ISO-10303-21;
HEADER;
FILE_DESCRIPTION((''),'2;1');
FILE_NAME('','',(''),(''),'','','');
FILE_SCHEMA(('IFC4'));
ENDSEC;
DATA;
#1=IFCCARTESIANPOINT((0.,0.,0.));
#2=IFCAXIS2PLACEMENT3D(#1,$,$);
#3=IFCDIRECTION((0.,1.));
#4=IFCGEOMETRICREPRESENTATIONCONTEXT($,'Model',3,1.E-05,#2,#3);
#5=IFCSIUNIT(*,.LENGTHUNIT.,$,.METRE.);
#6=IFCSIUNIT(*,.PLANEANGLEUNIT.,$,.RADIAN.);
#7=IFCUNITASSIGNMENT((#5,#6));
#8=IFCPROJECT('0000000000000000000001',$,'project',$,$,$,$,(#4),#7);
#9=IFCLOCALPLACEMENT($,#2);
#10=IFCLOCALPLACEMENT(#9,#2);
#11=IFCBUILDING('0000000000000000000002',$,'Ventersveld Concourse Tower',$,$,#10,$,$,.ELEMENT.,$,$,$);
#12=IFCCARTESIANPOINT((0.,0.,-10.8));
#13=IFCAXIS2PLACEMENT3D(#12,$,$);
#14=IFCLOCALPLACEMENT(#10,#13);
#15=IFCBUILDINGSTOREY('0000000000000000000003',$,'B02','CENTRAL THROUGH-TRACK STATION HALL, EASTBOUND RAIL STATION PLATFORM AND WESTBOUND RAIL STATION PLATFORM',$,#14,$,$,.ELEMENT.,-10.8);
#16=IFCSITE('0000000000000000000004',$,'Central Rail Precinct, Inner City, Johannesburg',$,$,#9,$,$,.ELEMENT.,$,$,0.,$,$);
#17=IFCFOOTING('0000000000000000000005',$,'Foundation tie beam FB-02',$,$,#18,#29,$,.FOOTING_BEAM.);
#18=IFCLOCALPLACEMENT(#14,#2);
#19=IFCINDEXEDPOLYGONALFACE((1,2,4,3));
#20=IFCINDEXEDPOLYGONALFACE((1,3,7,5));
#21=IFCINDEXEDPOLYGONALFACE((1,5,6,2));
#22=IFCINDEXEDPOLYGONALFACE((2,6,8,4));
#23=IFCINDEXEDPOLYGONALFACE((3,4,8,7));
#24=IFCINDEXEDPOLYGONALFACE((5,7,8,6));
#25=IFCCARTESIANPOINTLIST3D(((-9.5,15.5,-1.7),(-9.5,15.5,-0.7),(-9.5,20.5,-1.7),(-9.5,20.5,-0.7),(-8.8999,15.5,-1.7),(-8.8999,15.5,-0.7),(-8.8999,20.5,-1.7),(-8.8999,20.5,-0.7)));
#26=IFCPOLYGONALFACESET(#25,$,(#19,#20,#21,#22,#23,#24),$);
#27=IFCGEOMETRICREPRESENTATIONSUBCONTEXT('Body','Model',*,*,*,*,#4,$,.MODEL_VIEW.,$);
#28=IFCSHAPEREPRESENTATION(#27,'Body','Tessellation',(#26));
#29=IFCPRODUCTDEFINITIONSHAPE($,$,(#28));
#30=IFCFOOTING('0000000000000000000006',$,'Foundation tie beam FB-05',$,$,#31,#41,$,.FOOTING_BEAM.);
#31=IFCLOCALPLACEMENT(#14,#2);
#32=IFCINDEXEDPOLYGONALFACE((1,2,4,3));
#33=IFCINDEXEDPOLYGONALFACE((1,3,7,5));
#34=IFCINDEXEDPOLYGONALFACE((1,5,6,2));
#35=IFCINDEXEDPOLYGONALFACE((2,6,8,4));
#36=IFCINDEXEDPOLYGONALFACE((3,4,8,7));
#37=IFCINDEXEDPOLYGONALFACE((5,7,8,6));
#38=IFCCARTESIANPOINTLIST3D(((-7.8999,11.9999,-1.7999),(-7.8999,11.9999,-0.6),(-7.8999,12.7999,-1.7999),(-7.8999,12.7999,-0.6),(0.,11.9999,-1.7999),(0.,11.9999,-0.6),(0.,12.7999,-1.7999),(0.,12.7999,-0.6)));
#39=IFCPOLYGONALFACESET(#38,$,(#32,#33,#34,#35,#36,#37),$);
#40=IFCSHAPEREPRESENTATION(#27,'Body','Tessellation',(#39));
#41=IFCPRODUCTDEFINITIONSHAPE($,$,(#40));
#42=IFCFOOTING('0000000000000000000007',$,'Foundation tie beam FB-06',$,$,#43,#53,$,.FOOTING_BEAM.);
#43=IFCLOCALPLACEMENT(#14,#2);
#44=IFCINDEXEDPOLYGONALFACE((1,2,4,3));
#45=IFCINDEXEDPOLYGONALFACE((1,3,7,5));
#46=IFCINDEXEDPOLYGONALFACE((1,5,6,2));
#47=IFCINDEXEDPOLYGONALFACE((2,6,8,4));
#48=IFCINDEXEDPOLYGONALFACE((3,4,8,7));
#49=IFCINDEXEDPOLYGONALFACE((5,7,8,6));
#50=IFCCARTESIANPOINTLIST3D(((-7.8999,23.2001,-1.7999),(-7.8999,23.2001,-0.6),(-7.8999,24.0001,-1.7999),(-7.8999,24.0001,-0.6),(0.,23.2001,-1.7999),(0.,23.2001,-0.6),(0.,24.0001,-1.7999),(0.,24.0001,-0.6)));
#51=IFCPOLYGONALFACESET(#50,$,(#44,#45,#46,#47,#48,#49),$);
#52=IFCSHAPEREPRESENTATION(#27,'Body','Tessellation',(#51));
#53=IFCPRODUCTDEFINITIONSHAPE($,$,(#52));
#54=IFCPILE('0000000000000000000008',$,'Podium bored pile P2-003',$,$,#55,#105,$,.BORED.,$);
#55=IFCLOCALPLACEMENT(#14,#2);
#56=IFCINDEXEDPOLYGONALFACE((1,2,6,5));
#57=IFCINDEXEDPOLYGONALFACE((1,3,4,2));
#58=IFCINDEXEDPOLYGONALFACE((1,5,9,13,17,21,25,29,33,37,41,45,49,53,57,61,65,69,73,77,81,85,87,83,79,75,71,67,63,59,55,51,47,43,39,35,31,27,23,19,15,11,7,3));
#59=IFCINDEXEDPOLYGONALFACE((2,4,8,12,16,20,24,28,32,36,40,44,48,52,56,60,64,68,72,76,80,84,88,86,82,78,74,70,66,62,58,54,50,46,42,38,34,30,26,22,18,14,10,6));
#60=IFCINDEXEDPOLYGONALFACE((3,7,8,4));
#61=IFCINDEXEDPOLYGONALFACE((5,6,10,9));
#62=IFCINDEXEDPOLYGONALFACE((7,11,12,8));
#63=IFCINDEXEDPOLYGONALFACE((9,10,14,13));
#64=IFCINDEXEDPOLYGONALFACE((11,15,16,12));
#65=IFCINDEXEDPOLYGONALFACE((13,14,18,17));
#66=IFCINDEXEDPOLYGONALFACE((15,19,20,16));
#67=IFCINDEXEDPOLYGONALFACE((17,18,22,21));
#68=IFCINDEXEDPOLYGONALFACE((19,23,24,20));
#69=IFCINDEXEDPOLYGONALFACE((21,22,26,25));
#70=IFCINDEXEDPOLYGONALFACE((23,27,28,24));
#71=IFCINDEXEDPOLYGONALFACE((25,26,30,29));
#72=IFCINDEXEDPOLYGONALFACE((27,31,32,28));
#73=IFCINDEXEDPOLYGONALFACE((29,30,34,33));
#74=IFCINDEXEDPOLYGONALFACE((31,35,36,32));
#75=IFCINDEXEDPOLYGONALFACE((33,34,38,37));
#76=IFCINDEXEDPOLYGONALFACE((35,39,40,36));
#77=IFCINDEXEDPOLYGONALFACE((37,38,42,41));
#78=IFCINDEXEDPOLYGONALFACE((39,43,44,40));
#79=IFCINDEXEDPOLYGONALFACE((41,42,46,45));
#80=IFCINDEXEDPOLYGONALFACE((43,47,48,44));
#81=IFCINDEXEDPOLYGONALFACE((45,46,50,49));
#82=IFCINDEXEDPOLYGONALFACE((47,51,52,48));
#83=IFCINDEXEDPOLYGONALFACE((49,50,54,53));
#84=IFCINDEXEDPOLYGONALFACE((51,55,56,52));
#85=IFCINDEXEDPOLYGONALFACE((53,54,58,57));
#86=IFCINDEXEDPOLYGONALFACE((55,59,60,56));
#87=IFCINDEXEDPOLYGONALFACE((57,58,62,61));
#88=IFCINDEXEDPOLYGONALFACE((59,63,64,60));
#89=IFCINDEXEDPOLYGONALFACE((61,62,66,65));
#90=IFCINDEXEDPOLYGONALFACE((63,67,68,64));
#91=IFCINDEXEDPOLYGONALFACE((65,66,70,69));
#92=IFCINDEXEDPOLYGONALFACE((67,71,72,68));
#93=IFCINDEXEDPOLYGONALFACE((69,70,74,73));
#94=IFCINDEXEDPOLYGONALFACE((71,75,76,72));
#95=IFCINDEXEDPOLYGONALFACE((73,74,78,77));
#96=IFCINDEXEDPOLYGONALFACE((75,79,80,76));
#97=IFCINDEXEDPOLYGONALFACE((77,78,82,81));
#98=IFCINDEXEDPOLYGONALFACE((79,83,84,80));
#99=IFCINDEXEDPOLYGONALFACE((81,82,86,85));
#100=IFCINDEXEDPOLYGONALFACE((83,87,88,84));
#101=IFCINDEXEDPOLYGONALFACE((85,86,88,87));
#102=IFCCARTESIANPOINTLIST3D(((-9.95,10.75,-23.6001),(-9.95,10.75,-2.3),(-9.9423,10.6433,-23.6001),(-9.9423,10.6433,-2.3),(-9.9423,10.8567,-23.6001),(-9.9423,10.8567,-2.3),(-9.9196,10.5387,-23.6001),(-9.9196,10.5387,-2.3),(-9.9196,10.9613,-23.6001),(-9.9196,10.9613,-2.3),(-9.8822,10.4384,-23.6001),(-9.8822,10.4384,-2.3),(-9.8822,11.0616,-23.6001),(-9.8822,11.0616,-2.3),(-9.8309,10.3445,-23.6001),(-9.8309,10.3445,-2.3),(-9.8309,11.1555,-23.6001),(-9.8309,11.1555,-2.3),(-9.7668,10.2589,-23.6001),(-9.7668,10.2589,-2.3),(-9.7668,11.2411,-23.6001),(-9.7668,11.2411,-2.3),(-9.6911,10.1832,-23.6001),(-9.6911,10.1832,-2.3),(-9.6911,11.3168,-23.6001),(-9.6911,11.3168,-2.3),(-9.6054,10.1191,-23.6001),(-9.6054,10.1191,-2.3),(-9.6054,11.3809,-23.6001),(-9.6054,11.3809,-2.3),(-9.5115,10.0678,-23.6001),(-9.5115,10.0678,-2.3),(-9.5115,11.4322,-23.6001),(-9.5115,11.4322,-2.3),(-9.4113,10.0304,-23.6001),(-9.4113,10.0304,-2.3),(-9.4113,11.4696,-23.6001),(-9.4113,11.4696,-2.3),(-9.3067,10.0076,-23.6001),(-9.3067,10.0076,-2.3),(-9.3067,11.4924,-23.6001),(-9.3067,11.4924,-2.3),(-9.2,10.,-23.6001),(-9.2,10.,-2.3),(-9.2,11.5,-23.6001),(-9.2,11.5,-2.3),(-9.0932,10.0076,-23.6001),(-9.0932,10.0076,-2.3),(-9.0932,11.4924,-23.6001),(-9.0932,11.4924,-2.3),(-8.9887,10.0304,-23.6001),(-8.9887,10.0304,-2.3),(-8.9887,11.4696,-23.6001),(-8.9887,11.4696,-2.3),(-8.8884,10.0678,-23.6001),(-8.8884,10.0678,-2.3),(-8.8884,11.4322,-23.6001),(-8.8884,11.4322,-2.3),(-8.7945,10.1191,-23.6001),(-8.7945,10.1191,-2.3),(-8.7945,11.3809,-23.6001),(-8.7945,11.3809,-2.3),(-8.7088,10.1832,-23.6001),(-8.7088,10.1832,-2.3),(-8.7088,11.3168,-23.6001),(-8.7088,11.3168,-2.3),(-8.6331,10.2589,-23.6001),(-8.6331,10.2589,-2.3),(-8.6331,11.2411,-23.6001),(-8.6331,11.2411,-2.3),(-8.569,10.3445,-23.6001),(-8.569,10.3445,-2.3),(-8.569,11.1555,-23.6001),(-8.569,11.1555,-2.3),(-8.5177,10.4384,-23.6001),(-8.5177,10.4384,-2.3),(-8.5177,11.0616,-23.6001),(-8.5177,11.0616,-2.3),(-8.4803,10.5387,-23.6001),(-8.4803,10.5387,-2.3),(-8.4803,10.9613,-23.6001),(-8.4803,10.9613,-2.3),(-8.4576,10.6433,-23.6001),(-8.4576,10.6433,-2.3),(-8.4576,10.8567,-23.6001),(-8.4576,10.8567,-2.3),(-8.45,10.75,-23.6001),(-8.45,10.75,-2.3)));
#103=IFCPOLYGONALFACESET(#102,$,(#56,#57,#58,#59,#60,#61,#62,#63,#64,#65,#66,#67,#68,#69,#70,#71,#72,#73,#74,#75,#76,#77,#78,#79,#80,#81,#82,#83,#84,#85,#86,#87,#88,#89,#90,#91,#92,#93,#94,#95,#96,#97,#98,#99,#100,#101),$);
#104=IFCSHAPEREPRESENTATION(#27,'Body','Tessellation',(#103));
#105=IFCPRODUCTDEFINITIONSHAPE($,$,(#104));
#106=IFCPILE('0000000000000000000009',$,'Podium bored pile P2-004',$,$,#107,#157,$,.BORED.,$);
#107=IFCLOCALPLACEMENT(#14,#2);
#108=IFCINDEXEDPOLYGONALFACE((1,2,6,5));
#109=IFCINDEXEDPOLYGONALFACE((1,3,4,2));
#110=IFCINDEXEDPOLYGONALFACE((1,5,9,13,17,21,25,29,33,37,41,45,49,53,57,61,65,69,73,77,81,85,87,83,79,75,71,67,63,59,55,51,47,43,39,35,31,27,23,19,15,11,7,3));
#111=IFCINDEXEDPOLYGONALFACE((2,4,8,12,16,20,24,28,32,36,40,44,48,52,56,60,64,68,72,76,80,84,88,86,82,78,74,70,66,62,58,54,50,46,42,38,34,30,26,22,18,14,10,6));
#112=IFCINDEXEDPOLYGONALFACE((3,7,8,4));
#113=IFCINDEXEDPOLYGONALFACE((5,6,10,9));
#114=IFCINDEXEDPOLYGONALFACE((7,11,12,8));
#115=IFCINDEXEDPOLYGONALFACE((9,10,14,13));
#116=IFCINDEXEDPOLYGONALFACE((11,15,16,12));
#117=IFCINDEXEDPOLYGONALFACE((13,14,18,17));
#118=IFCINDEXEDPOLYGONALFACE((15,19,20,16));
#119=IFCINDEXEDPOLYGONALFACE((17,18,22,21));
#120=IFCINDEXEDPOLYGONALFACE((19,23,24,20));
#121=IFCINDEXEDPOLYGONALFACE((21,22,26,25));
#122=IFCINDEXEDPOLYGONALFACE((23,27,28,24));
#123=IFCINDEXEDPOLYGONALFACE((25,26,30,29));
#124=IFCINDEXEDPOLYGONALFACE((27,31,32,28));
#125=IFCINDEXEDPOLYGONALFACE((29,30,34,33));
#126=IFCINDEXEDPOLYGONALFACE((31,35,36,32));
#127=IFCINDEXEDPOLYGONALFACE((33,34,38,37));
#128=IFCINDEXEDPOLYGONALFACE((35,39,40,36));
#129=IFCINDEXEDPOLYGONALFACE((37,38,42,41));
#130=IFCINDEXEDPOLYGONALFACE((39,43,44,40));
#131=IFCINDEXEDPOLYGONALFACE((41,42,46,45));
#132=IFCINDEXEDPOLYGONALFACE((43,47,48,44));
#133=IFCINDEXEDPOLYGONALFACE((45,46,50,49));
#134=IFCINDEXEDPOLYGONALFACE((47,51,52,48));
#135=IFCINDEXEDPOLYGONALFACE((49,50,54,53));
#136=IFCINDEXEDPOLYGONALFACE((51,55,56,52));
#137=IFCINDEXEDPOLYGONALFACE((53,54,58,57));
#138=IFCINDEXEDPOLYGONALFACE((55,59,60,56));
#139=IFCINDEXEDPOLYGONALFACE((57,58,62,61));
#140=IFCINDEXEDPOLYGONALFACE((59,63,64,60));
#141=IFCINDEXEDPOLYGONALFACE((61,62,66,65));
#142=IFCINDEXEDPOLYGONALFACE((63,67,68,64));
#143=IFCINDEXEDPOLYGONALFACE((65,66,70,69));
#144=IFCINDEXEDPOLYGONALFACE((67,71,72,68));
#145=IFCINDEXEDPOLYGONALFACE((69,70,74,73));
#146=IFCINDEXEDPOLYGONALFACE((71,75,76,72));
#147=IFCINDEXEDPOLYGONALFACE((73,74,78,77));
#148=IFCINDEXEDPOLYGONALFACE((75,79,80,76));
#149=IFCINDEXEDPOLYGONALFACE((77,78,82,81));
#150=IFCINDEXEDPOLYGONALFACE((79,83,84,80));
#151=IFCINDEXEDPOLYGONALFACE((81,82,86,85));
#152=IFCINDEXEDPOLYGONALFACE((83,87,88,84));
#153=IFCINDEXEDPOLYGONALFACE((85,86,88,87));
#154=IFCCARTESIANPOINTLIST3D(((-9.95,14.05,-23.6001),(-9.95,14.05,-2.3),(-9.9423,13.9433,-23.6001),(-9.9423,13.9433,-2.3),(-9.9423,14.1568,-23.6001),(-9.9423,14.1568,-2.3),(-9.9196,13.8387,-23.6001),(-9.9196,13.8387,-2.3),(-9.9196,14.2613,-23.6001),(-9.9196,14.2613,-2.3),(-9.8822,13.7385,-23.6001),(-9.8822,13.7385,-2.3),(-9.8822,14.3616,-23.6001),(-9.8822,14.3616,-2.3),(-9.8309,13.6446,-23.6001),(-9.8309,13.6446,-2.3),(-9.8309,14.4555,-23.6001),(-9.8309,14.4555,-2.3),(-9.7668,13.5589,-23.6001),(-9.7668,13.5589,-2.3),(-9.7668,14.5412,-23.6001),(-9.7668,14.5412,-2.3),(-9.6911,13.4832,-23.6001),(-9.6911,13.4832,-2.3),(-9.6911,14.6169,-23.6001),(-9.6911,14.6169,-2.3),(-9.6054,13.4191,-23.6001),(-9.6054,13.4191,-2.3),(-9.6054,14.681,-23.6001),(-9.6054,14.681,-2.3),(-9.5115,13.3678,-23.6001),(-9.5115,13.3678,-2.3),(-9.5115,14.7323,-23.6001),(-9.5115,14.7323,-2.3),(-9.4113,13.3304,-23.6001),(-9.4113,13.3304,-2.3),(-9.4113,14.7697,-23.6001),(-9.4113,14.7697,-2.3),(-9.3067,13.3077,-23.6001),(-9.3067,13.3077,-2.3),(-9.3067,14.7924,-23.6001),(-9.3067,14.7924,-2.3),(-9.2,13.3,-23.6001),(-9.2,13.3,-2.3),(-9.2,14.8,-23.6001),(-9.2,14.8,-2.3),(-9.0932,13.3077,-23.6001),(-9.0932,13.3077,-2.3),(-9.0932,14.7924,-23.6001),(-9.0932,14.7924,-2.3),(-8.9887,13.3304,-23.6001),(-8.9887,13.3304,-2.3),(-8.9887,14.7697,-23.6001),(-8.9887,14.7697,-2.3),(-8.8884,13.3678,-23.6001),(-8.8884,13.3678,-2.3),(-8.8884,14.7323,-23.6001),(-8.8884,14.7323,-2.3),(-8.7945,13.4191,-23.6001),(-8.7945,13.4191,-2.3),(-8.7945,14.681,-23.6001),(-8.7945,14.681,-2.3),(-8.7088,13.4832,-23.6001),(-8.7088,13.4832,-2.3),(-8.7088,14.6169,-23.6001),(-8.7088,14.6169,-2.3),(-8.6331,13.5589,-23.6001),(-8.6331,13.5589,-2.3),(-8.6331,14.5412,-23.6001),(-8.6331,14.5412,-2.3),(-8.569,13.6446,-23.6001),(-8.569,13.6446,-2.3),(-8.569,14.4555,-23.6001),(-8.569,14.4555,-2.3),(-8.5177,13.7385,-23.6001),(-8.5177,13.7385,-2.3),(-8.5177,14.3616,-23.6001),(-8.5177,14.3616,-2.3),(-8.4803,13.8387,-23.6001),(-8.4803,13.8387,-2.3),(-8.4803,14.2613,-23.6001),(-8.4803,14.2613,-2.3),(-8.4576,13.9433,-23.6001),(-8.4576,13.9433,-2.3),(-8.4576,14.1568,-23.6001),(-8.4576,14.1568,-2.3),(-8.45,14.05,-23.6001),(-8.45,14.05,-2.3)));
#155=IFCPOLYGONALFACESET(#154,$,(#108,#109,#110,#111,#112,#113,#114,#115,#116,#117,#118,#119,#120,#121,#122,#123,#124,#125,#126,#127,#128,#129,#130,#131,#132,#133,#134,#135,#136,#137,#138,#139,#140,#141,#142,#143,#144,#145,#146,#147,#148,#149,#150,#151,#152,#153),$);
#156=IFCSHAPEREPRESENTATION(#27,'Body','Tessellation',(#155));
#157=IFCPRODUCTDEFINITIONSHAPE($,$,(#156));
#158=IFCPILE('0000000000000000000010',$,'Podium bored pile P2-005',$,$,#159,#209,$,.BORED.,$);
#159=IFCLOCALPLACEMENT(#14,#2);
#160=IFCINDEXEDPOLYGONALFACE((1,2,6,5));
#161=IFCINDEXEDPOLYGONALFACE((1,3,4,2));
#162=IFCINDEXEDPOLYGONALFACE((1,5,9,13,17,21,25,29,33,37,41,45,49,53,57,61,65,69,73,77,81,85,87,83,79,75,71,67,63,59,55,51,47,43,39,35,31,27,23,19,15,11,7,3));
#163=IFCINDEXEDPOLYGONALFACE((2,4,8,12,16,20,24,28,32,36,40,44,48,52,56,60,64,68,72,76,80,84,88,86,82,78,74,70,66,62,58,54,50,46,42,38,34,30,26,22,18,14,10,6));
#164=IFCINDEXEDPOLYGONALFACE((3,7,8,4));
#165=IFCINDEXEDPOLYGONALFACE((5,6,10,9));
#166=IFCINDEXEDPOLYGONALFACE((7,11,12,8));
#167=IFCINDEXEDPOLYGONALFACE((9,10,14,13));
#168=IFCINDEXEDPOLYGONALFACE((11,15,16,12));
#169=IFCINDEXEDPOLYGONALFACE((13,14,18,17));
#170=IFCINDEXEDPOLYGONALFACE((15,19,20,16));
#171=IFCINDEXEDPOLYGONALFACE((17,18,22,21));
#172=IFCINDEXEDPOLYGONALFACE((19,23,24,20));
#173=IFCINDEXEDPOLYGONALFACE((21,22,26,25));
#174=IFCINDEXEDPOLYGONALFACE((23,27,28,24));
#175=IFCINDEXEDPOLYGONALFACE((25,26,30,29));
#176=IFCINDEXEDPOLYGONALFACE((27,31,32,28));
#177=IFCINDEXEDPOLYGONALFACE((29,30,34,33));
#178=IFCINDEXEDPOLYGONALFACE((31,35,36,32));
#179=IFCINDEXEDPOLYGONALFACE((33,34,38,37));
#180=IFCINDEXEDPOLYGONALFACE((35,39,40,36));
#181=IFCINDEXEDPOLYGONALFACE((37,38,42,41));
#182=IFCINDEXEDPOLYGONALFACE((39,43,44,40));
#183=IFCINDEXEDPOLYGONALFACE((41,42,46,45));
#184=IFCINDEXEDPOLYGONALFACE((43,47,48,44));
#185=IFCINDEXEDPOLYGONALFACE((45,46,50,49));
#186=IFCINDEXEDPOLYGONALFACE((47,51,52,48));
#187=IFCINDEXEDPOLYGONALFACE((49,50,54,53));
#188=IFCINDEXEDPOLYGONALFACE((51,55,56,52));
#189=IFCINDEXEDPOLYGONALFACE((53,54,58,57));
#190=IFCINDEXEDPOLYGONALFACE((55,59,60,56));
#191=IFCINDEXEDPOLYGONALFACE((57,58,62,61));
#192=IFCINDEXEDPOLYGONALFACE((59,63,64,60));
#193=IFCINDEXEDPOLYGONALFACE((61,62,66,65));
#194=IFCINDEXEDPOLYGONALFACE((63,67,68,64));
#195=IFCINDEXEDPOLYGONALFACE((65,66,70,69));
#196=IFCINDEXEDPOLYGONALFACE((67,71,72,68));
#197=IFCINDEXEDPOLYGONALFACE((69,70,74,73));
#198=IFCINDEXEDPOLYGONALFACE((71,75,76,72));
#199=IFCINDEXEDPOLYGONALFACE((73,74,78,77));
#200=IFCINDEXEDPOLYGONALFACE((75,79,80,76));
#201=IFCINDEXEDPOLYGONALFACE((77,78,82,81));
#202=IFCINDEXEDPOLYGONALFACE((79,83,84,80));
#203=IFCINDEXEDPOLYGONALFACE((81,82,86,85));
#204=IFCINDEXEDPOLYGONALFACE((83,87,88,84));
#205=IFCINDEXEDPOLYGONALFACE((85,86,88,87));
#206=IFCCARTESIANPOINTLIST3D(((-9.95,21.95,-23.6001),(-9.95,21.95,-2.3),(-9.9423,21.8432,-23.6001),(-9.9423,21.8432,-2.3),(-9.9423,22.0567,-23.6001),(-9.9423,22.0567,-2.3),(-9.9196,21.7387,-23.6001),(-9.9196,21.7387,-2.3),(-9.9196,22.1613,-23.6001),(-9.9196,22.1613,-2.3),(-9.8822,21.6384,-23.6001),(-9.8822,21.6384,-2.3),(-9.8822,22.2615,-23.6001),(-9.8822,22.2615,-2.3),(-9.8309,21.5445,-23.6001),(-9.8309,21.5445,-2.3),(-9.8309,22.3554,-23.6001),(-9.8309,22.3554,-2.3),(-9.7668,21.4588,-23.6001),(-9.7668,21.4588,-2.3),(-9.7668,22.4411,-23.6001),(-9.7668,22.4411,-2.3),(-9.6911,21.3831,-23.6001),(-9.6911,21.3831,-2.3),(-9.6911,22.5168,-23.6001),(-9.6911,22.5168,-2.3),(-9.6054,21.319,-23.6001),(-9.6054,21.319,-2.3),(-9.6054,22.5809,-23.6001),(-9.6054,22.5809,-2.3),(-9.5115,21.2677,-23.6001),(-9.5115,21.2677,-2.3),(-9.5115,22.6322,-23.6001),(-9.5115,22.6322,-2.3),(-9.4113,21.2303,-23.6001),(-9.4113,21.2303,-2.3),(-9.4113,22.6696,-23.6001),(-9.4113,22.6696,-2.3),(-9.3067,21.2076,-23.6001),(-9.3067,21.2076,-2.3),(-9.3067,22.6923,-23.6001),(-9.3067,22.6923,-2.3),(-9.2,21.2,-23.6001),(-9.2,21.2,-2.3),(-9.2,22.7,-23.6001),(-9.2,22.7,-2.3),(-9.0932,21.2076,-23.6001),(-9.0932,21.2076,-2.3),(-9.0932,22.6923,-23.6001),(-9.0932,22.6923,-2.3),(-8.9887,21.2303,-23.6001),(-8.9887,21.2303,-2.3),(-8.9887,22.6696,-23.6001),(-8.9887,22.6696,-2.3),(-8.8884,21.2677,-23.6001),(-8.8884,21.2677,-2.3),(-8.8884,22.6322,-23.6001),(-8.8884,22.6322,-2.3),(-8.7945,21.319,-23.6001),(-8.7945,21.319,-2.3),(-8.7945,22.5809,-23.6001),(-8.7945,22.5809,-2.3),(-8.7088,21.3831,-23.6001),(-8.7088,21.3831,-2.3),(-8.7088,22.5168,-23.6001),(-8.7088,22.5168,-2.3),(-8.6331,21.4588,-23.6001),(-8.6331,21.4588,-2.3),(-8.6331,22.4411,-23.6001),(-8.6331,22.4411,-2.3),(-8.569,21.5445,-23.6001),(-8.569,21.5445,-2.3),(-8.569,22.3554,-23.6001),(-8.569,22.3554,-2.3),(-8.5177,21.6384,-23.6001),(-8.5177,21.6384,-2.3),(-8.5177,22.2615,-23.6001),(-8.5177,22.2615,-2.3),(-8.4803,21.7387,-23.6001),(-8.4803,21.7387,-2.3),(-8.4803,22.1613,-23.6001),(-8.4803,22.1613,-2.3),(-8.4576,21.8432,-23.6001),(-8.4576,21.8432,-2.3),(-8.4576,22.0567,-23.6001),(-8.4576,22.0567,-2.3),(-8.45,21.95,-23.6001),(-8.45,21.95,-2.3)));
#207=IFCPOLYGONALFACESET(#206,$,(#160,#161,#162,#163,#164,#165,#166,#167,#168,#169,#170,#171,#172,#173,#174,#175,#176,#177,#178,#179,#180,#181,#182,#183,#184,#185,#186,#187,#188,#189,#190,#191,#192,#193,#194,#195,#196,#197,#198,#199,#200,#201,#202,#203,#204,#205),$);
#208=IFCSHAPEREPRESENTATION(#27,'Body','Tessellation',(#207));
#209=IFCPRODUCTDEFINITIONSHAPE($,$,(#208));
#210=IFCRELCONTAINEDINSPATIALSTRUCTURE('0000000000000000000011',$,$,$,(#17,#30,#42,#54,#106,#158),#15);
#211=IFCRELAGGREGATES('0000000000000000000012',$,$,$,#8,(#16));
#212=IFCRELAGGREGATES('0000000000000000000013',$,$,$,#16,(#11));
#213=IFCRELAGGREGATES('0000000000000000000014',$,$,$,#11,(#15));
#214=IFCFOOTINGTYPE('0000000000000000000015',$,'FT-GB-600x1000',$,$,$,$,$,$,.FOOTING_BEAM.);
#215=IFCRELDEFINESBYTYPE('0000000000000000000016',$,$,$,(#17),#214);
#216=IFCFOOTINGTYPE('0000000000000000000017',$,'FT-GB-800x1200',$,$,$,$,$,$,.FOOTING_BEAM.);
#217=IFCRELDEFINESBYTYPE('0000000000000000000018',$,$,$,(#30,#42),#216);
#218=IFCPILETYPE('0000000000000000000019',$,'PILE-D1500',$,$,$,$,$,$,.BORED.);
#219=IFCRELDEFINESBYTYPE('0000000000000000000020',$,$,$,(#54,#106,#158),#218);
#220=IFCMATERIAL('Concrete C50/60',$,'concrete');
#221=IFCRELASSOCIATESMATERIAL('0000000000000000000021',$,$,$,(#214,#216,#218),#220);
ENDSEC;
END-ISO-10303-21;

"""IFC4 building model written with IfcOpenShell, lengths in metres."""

from ifc_helpers import new_model, si_unit, direction, frame, origin, origin_2d, place, context, subcontext, project, spatial, rectangle, circle, extrude, material, material_profile, profile_set, type_object, element, save


model = new_model("IFC4")

# Units and contexts
model_context = context("Model", 3, precision=1e-05, world=origin(), true_north=direction((0.0, 1.0)))
body_context = subcontext(model_context, "Body", "Model", "MODEL_VIEW")
ifc_project = project(units=[si_unit("LENGTHUNIT", "METRE"), si_unit("PLANEANGLEUNIT", "RADIAN")], contexts=[model_context])

# Site, building, storey
site_placement = place(None, origin())
site = spatial("IfcSite", under=ifc_project, at=site_placement, Name="Central Rail Precinct, Inner City, Johannesburg", CompositionType="ELEMENT", RefElevation=0.0)
building_placement = place(site_placement, origin())
building = spatial("IfcBuilding", under=site, at=building_placement, Name="Ventersveld Concourse Tower", CompositionType="ELEMENT")
storey_placement = place(building_placement, frame((0.0, 0.0, -10.8)))
storey = spatial("IfcBuildingStorey", under=building, at=storey_placement, Name="B02", Description="CENTRAL THROUGH-TRACK STATION HALL, EASTBOUND RAIL STATION PLATFORM AND WESTBOUND RAIL STATION PLATFORM", CompositionType="ELEMENT", Elevation=-10.8)

# Footings
ifc_material_1 = material(Name="Concrete C50/60", Category="concrete")
ifc_material_profile_1 = material_profile(ifc_material_1, rectangle(XDim=0.6001, YDim=1.0, at=origin_2d()), Name="GB 600x1000")
ifc_profile_set_1 = profile_set([ifc_material_profile_1], Name="Concrete C50/60")
footing_type_1 = type_object("IfcFootingType", Name="FT-GB-600x1000", PredefinedType="FOOTING_BEAM", material=ifc_profile_set_1)
footing_placement = place(storey_placement, frame((-9.2, 15.5, -1.2), z_axis=(0.0, 1.0, 0.0), x_axis=(-1.0, 0.0, 0.0)))
element("IfcFooting", 1, at=footing_placement, inside=storey, type_object=footing_type_1, Name="Foundation tie beam FB-02", PredefinedType="FOOTING_BEAM", context=body_context, shape_type="SweptSolid", body=[
    extrude(rectangle(XDim=0.6001, YDim=1.0, at=origin_2d()), origin(), (0.0, 0.0, 1.0), 5.0),
])
ifc_material_profile_2 = material_profile(ifc_material_1, rectangle(XDim=0.8, YDim=1.2, at=origin_2d()), Name="GB 800x1200")
ifc_profile_set_2 = profile_set([ifc_material_profile_2], Name="Concrete C50/60")
footing_type_2 = type_object("IfcFootingType", Name="FT-GB-800x1200", PredefinedType="FOOTING_BEAM", material=ifc_profile_set_2)
for number, where, z_axis, x_axis, name in (
    (2, (-7.8999, 12.3999, -1.2), (1.0, 0.0, 0.0), (0.0, 1.0, 0.0), "Foundation tie beam FB-05"),
    (3, (-7.8999, 23.6001, -1.2), (1.0, 0.0, 0.0), (0.0, 1.0, 0.0), "Foundation tie beam FB-06"),
):
    element("IfcFooting", number, at=place(storey_placement, frame(where, z_axis=z_axis, x_axis=x_axis)), inside=storey, type_object=footing_type_2, Name=name, PredefinedType="FOOTING_BEAM", context=body_context, shape_type="SweptSolid", body=[
        extrude(rectangle(XDim=0.8, YDim=1.2, at=origin_2d()), origin(), (0.0, 0.0, 1.0), 7.8999),
    ])

# Piles
ifc_material_profile_3 = material_profile(ifc_material_1, circle(Radius=0.75, at=origin_2d()), Name="PILE D1500")
ifc_profile_set_3 = profile_set([ifc_material_profile_3], Name="Concrete C50/60")
pile_type_1 = type_object("IfcPileType", Name="PILE-D1500", PredefinedType="BORED", material=ifc_profile_set_3)
for number, where, z_axis, x_axis, name in (
    (4, (-9.2, 10.75, -2.3), (0.0, 0.0, -1.0), (1.0, 0.0, 0.0), "Podium bored pile P2-003"),
    (5, (-9.2, 14.05, -2.3), (0.0, 0.0, -1.0), (1.0, 0.0, 0.0), "Podium bored pile P2-004"),
    (6, (-9.2, 21.95, -2.3), (0.0, 0.0, -1.0), (1.0, 0.0, 0.0), "Podium bored pile P2-005"),
):
    element("IfcPile", number, at=place(storey_placement, frame(where, z_axis=z_axis, x_axis=x_axis)), inside=storey, type_object=pile_type_1, Name=name, PredefinedType="BORED", context=body_context, shape_type="SweptSolid", body=[
        extrude(circle(Radius=0.75, at=origin_2d()), origin(), (0.0, 0.0, 1.0), 21.3),
    ])

save(model, "model.ifc")
